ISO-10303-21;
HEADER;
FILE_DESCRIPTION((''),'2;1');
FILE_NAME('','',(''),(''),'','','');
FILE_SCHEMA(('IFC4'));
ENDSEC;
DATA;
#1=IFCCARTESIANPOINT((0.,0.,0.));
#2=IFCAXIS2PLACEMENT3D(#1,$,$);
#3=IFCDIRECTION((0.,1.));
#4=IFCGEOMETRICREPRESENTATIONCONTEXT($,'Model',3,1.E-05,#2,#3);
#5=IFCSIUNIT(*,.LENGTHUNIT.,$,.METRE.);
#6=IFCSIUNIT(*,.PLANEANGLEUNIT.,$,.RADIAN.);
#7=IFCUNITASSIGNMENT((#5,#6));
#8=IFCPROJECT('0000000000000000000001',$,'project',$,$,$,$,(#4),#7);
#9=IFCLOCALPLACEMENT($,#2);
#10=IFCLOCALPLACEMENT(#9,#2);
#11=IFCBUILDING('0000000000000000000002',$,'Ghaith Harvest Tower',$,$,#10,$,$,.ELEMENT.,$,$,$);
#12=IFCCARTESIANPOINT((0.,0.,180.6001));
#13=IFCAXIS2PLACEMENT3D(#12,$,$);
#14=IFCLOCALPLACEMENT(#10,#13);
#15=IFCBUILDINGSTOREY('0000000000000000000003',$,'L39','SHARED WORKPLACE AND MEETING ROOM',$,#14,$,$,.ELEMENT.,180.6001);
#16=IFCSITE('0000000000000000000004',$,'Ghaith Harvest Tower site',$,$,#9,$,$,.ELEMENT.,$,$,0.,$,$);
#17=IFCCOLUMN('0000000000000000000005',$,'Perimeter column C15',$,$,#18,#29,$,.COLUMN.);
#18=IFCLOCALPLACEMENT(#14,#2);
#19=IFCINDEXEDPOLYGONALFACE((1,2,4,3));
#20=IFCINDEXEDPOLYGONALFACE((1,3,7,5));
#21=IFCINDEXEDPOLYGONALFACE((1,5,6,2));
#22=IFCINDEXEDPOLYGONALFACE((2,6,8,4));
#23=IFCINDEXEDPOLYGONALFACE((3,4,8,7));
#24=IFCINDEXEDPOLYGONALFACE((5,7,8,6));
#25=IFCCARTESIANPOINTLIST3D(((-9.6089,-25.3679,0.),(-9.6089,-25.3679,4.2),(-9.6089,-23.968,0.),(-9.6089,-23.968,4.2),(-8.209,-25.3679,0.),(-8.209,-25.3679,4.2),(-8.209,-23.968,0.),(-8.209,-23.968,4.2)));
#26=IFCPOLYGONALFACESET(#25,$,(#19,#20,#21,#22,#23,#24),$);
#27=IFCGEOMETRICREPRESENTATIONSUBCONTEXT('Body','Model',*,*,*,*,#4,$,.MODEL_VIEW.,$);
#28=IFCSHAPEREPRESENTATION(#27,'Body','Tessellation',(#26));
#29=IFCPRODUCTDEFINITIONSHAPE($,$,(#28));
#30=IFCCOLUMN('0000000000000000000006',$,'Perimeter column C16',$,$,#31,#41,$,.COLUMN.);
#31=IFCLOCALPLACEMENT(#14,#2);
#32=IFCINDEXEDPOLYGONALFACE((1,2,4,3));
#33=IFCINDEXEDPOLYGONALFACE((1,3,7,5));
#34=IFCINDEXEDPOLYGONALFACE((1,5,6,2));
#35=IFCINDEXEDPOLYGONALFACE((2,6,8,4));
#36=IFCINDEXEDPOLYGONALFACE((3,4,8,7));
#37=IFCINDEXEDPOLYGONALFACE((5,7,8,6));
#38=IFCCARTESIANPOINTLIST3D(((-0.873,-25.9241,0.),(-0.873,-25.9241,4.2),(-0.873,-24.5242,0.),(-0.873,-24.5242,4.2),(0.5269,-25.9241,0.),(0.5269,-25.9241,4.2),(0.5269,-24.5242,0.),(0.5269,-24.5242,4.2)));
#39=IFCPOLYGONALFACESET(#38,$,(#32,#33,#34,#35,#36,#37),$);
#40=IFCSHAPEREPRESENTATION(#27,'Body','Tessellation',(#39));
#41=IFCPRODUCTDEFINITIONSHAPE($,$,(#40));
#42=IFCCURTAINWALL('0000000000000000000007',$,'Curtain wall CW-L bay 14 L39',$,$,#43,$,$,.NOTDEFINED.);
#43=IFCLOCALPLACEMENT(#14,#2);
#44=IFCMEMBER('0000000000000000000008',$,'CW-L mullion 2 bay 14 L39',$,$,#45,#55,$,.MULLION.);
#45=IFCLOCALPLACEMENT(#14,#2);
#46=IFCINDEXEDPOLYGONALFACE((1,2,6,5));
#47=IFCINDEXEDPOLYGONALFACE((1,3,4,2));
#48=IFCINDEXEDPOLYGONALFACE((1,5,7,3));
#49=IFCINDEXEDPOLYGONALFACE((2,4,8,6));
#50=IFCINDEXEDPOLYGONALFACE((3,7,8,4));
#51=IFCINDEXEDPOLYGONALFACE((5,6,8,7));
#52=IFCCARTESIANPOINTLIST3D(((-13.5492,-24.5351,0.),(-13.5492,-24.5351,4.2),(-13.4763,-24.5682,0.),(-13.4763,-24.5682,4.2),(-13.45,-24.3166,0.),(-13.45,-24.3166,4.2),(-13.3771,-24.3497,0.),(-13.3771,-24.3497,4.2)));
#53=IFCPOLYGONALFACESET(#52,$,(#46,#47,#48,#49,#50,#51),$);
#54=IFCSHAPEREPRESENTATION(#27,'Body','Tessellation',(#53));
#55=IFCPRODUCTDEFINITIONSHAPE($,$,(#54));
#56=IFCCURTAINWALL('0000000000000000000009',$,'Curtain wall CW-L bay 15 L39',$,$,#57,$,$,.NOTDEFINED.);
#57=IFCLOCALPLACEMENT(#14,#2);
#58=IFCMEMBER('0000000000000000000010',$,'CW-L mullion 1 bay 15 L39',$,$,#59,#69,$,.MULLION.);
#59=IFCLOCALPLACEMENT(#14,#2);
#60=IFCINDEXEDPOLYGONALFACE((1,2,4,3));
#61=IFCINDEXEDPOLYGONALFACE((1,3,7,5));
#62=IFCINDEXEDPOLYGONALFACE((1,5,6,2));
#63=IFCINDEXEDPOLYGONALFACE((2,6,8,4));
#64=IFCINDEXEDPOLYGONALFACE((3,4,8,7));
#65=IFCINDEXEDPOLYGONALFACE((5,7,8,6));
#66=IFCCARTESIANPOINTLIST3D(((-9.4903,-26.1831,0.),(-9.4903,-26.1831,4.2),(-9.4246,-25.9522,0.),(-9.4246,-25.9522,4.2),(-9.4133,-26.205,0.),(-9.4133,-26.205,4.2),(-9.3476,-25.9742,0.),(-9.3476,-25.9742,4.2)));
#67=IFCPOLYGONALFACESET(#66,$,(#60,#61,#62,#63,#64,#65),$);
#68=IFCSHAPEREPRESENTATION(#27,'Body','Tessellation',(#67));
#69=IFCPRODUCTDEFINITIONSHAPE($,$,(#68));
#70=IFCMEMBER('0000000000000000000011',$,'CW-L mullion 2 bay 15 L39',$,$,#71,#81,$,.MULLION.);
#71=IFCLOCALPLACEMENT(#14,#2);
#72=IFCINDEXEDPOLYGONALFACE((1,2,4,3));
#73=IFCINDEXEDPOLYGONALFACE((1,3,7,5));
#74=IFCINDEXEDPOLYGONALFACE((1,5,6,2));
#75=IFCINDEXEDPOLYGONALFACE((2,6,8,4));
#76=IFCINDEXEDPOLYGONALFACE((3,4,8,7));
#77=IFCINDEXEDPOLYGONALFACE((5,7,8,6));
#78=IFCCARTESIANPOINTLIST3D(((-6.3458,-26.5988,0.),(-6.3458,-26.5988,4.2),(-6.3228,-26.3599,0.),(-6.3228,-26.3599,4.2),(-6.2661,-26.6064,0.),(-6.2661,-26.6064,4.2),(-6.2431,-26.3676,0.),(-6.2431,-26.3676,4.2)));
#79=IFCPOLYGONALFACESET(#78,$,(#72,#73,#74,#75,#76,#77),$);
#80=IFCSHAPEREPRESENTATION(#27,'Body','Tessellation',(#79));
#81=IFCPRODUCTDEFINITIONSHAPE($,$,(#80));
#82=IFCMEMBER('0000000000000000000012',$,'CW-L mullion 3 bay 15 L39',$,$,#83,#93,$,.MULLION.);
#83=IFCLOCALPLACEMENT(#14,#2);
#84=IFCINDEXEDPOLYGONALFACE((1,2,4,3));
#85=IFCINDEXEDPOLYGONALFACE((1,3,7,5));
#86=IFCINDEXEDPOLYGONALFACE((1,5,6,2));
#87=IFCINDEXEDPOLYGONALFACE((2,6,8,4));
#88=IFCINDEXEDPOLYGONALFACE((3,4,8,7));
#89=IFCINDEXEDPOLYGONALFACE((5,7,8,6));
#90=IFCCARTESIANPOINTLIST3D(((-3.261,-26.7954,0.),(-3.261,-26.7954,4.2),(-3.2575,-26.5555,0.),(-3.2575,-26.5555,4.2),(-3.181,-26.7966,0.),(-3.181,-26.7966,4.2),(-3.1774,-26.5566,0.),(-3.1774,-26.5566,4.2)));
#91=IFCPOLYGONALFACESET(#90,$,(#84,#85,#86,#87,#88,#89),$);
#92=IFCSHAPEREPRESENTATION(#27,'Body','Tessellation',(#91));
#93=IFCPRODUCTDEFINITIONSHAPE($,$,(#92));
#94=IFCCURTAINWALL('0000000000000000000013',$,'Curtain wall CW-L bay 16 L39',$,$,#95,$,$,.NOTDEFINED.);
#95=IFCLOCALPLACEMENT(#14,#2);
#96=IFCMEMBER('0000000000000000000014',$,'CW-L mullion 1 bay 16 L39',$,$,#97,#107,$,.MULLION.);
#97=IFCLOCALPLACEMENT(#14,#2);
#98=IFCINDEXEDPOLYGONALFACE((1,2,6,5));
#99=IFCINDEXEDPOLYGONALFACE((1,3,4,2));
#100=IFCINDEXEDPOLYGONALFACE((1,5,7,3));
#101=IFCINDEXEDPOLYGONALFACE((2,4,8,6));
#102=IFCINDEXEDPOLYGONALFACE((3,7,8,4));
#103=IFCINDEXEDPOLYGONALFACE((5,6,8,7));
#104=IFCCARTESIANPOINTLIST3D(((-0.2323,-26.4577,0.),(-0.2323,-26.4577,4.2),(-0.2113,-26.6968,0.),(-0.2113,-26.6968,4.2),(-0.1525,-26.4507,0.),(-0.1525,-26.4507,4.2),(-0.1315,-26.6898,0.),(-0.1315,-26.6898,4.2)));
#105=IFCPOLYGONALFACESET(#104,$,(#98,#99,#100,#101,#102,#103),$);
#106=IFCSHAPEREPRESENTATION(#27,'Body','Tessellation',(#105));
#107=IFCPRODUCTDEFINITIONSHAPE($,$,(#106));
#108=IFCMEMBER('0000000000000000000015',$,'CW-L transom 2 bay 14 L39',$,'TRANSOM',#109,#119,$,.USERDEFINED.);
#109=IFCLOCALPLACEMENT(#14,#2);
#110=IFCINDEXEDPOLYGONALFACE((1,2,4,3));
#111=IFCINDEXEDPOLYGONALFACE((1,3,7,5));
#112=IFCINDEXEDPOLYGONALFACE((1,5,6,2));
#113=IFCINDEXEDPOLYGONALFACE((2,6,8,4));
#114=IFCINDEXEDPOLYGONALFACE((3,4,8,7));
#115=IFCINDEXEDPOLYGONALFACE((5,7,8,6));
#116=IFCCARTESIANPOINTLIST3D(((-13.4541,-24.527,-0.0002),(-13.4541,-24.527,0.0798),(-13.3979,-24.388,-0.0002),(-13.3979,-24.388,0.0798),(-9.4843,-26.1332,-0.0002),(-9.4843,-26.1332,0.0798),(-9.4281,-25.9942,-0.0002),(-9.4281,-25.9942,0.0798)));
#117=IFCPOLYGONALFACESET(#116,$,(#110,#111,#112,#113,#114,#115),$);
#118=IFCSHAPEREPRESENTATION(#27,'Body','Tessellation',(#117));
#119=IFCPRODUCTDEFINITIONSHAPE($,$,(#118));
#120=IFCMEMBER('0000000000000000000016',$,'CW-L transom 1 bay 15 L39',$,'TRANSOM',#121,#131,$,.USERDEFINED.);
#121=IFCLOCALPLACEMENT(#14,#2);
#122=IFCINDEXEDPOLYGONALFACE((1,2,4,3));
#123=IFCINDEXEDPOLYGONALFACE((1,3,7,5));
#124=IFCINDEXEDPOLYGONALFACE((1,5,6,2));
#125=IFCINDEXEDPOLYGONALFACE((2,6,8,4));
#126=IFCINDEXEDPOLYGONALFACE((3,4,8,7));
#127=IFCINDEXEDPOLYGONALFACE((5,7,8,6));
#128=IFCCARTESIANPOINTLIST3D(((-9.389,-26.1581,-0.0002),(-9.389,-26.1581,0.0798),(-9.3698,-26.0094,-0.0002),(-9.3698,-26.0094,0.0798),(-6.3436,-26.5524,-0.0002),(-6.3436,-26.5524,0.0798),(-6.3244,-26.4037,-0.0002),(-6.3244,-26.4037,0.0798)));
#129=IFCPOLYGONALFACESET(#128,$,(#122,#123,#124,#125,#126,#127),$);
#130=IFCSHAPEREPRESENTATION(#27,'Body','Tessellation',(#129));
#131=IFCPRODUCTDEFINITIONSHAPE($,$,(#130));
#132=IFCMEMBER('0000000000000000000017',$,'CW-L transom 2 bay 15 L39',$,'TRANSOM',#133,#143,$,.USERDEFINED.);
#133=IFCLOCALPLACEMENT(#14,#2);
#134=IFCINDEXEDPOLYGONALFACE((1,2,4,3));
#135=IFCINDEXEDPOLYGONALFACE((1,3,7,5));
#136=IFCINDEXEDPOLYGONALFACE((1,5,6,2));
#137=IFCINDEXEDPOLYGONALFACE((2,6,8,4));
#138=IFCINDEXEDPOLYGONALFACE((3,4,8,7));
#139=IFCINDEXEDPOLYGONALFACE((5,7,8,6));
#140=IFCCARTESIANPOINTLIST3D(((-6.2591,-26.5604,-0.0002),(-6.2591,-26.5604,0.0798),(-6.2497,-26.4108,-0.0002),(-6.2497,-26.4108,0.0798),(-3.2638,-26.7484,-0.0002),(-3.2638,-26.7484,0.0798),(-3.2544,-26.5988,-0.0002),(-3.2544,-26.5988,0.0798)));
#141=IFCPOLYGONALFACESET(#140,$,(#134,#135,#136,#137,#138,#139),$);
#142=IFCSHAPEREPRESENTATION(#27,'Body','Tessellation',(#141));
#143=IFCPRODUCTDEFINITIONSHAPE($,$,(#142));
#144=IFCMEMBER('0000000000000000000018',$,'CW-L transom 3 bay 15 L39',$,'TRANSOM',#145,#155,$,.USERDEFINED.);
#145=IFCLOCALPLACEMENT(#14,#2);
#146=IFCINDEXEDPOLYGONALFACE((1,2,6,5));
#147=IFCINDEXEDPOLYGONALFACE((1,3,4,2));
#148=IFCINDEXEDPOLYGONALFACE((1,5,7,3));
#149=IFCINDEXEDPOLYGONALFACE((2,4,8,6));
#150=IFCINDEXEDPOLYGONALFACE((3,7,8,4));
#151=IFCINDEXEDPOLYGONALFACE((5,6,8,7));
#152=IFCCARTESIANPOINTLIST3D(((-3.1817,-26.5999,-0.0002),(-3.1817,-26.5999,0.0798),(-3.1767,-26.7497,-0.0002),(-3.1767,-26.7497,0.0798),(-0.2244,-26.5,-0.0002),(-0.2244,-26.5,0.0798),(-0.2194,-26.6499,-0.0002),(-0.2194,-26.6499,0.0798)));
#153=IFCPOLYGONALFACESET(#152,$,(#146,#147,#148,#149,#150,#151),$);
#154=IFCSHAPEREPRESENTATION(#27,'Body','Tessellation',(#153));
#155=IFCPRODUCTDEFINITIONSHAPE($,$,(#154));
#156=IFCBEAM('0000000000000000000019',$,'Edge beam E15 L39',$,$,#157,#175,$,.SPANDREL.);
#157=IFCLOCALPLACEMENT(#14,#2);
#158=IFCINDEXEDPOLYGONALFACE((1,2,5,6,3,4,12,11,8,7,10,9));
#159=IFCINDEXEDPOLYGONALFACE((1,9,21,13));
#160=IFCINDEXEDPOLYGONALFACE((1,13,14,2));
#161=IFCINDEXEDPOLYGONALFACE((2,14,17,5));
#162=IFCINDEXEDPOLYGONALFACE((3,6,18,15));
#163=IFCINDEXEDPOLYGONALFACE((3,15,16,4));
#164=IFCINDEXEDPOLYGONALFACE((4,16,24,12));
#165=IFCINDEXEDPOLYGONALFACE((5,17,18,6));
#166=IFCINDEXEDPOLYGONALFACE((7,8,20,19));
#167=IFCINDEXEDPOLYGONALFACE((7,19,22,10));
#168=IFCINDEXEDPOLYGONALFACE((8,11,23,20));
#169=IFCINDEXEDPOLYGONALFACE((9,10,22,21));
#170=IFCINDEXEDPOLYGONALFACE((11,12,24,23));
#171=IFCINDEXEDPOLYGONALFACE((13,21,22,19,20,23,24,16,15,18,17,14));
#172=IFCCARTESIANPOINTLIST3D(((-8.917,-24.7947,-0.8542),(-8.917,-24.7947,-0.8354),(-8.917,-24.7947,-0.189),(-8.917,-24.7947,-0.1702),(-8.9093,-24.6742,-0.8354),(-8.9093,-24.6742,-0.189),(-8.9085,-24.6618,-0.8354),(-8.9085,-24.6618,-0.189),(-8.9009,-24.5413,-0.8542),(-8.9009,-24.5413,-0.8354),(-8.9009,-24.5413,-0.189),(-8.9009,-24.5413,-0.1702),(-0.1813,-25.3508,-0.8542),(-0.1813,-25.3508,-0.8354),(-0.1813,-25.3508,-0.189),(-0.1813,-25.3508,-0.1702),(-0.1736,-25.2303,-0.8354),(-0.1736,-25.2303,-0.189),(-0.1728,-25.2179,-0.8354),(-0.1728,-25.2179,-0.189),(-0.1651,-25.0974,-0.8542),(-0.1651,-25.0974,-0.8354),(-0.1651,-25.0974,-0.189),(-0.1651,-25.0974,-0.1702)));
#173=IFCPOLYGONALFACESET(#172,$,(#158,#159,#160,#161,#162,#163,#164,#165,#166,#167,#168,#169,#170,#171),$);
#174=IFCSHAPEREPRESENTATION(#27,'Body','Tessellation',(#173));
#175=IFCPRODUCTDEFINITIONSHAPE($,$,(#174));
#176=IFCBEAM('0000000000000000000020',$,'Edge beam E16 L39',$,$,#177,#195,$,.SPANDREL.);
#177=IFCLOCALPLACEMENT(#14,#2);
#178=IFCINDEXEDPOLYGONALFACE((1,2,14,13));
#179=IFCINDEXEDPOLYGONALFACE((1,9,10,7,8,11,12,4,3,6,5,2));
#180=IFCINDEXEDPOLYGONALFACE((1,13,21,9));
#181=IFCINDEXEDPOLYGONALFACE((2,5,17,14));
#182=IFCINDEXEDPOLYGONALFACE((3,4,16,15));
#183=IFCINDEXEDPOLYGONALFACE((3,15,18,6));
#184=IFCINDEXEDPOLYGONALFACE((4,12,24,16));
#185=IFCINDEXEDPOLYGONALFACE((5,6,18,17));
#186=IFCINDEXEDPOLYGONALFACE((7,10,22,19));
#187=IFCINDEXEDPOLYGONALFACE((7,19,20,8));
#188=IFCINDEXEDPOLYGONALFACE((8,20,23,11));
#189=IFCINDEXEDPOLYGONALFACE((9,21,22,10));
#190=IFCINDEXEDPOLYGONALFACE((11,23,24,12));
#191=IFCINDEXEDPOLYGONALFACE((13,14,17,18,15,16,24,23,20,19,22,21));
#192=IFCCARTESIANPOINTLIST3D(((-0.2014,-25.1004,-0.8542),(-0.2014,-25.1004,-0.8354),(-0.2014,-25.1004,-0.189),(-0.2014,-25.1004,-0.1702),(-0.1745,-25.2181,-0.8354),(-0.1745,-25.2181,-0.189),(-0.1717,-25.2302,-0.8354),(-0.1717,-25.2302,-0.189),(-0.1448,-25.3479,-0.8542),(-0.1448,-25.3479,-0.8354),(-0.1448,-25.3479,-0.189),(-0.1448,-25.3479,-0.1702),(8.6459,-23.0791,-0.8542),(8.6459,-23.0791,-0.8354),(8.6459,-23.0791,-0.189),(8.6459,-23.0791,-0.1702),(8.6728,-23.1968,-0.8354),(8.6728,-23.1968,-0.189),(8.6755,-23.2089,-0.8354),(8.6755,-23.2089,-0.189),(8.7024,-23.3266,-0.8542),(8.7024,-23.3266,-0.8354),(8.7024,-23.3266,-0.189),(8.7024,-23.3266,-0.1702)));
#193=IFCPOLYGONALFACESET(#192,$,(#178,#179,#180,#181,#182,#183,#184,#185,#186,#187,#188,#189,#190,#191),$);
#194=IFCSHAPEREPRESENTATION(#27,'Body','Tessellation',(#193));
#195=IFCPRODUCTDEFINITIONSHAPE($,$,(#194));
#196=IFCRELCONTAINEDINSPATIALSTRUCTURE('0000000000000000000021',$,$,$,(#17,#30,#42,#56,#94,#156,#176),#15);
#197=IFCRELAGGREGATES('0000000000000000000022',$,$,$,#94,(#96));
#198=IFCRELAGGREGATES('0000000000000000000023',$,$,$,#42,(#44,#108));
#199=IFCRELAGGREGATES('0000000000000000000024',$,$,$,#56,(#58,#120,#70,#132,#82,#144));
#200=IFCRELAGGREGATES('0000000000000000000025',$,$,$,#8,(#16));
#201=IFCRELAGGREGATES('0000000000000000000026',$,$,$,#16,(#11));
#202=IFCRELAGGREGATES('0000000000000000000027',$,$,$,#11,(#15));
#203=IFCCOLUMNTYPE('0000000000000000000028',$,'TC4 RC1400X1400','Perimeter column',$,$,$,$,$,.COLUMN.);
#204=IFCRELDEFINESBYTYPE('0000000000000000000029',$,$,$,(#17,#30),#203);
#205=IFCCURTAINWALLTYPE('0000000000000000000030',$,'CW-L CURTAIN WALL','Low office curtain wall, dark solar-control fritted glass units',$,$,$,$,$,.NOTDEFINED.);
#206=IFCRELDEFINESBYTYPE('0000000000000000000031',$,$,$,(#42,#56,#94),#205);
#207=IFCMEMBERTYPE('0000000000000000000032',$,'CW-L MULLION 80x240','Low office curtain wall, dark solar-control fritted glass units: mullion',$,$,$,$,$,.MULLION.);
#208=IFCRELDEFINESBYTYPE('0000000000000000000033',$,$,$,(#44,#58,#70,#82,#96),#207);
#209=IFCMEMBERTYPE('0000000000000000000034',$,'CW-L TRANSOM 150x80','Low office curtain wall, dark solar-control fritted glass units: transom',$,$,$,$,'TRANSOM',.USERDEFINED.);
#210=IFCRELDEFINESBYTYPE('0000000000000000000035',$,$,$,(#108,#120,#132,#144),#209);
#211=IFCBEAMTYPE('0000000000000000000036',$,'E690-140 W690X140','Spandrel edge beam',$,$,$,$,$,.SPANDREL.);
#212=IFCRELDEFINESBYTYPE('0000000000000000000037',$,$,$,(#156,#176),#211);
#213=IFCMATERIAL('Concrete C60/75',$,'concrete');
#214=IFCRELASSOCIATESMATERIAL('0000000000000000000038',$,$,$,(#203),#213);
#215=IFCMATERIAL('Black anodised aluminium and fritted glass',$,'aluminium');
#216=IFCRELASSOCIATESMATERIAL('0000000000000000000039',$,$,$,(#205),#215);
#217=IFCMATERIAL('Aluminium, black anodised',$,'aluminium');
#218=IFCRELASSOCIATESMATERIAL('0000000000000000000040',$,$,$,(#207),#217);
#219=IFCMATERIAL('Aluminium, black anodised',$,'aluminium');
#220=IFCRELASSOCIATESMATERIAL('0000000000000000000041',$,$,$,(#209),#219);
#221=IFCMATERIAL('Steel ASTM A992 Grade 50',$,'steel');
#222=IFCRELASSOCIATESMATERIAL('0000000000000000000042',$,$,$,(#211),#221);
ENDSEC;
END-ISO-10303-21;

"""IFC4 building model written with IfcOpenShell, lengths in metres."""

from ifc_helpers import new_model, si_unit, direction, frame, origin, origin_2d, place, context, subcontext, project, spatial, rectangle, i_section, extrude, material, material_profile, profile_set, type_object, element, aggregate, save


model = new_model("IFC4")

# Units and contexts
model_context = context("Model", 3, precision=1e-05, world=origin(), true_north=direction((0.0, 1.0)))
body_context = subcontext(model_context, "Body", "Model", "MODEL_VIEW")
ifc_project = project(units=[si_unit("LENGTHUNIT", "METRE"), si_unit("PLANEANGLEUNIT", "RADIAN")], contexts=[model_context])

# Site, building, storey
site_placement = place(None, origin())
site = spatial("IfcSite", under=ifc_project, at=site_placement, Name="Ghaith Harvest Tower site", CompositionType="ELEMENT", RefElevation=0.0)
building_placement = place(site_placement, origin())
building = spatial("IfcBuilding", under=site, at=building_placement, Name="Ghaith Harvest Tower", CompositionType="ELEMENT")
storey_placement = place(building_placement, frame((0.0, 0.0, 180.6001)))
storey = spatial("IfcBuildingStorey", under=building, at=storey_placement, Name="L39", Description="SHARED WORKPLACE AND MEETING ROOM", CompositionType="ELEMENT", Elevation=180.6001)

# Columns
ifc_material_1 = material(Name="Concrete C60/75", Category="concrete")
ifc_material_profile_1 = material_profile(ifc_material_1, rectangle(XDim=1.3999, YDim=1.3999, at=origin_2d()), Name="RC1400X1400")
ifc_profile_set_1 = profile_set([ifc_material_profile_1], Name="Concrete C60/75")
column_type = type_object("IfcColumnType", Name="TC4 RC1400X1400", Description="Perimeter column", PredefinedType="COLUMN", material=ifc_profile_set_1)
for number, where, z_axis, x_axis, name in (
    (1, (-8.9089, -24.668, 0.0), (0.0, 0.0, 1.0), (1.0, 0.0, 0.0), "Perimeter column C15"),
    (2, (-0.1731, -25.2241, 0.0), (0.0, 0.0, 1.0), (1.0, 0.0, 0.0), "Perimeter column C16"),
):
    element("IfcColumn", number, at=place(storey_placement, frame(where, z_axis=z_axis, x_axis=x_axis)), inside=storey, type_object=column_type, Name=name, PredefinedType="COLUMN", context=body_context, shape_type="SweptSolid", body=[
        extrude(rectangle(XDim=1.3999, YDim=1.3999, at=origin_2d()), origin(), (0.0, 0.0, 1.0), 4.2),
    ])

# Curtain wall, member
ifc_material_2 = material(Name="Black anodised aluminium and fritted glass", Category="aluminium")
curtain_wall_type = type_object("IfcCurtainWallType", Name="CW-L CURTAIN WALL", Description="Low office curtain wall, dark solar-control fritted glass units", PredefinedType="NOTDEFINED", material=ifc_material_2)
curtain_wall_1_placement = place(storey_placement, origin())
curtain_wall_1 = element("IfcCurtainWall", 3, at=curtain_wall_1_placement, inside=storey, type_object=curtain_wall_type, Name="Curtain wall CW-L bay 14 L39", PredefinedType="NOTDEFINED")
ifc_material_3 = material(Name="Aluminium, black anodised", Category="aluminium")
ifc_material_profile_2 = material_profile(ifc_material_3, rectangle(XDim=0.0801, YDim=0.24, at=origin_2d()), Name="CW-L MULLION 80x240")
ifc_profile_set_2 = profile_set([ifc_material_profile_2], Name="Aluminium, black anodised")
member_type_1 = type_object("IfcMemberType", Name="CW-L MULLION 80x240", Description="Low office curtain wall, dark solar-control fritted glass units: mullion", PredefinedType="MULLION", material=ifc_profile_set_2)
member_1_placement = place(storey_placement, frame((-13.4631, -24.4424, 0.0), z_axis=(0.0, 0.0, 1.0), x_axis=(0.910648, -0.413183, 0.0)))
member_1 = element("IfcMember", 4, at=member_1_placement, type_object=member_type_1, Name="CW-L mullion 2 bay 14 L39", PredefinedType="MULLION", context=body_context, shape_type="SweptSolid", body=[
    extrude(rectangle(XDim=0.0801, YDim=0.24, at=origin_2d()), origin(), (0.0, 0.0, 1.0), 4.2),
])

# Curtain wall, members
curtain_wall_2_placement = place(storey_placement, origin())
curtain_wall_2 = element("IfcCurtainWall", 5, at=curtain_wall_2_placement, inside=storey, type_object=curtain_wall_type, Name="Curtain wall CW-L bay 15 L39", PredefinedType="NOTDEFINED")
member_2_placement = place(storey_placement, frame((-9.4189, -26.0786, 0.0), z_axis=(0.0, 0.0, 1.0), x_axis=(0.961789, -0.273793, 0.0)))
member_2 = element("IfcMember", 6, at=member_2_placement, type_object=member_type_1, Name="CW-L mullion 1 bay 15 L39", PredefinedType="MULLION", context=body_context, shape_type="SweptSolid", body=[
    extrude(rectangle(XDim=0.0801, YDim=0.24, at=origin_2d()), origin(), (0.0, 0.0, 1.0), 4.2),
])
member_3_placement = place(storey_placement, frame((-6.2944, -26.4832, 0.0), z_axis=(0.0, 0.0, 1.0), x_axis=(0.995389, -0.095918, 0.0)))
member_3 = element("IfcMember", 7, at=member_3_placement, type_object=member_type_1, Name="CW-L mullion 2 bay 15 L39", PredefinedType="MULLION", context=body_context, shape_type="SweptSolid", body=[
    extrude(rectangle(XDim=0.0801, YDim=0.24, at=origin_2d()), origin(), (0.0, 0.0, 1.0), 4.2),
])
member_4_placement = place(storey_placement, frame((-3.2192, -26.676, 0.0), z_axis=(0.0, 0.0, 1.0), x_axis=(0.999891, -0.014796, 0.0)))
member_4 = element("IfcMember", 8, at=member_4_placement, type_object=member_type_1, Name="CW-L mullion 3 bay 15 L39", PredefinedType="MULLION", context=body_context, shape_type="SweptSolid", body=[
    extrude(rectangle(XDim=0.0801, YDim=0.24, at=origin_2d()), origin(), (0.0, 0.0, 1.0), 4.2),
])

# Curtain wall, member
curtain_wall_3_placement = place(storey_placement, origin())
curtain_wall_3 = element("IfcCurtainWall", 9, at=curtain_wall_3_placement, inside=storey, type_object=curtain_wall_type, Name="Curtain wall CW-L bay 16 L39", PredefinedType="NOTDEFINED")
member_5_placement = place(storey_placement, frame((-0.1819, -26.5737, 0.0), z_axis=(0.0, 0.0, 1.0), x_axis=(0.996169, 0.087446, 0.0)))
member_5 = element("IfcMember", 10, at=member_5_placement, type_object=member_type_1, Name="CW-L mullion 1 bay 16 L39", PredefinedType="MULLION", context=body_context, shape_type="SweptSolid", body=[
    extrude(rectangle(XDim=0.0801, YDim=0.24, at=origin_2d()), origin(), (0.0, 0.0, 1.0), 4.2),
])
aggregate(curtain_wall_3, [member_5])

# Members
ifc_material_4 = material(Name="Aluminium, black anodised", Category="aluminium")
ifc_material_profile_3 = material_profile(ifc_material_4, rectangle(XDim=0.1499, YDim=0.0801, at=origin_2d()), Name="CW-L TRANSOM 150x80")
ifc_profile_set_3 = profile_set([ifc_material_profile_3], Name="Aluminium, black anodised")
member_type_2 = type_object("IfcMemberType", Name="CW-L TRANSOM 150x80", Description="Low office curtain wall, dark solar-control fritted glass units: transom", ElementType="TRANSOM", PredefinedType="USERDEFINED", material=ifc_profile_set_3)
member_6_placement = place(storey_placement, frame((-13.426, -24.4575, 0.0398), z_axis=(0.927003, -0.375054, 0.0), x_axis=(0.375054, 0.927003, 0.0)))
member_6 = element("IfcMember", 11, at=member_6_placement, type_object=member_type_2, Name="CW-L transom 2 bay 14 L39", ObjectType="TRANSOM", PredefinedType="USERDEFINED", context=body_context, shape_type="SweptSolid", body=[
    extrude(rectangle(XDim=0.1499, YDim=0.0801, at=origin_2d()), origin(), (0.0, 0.0, 1.0), 4.2825),
])
member_7_placement = place(storey_placement, frame((-9.3794, -26.0837, 0.0398), z_axis=(0.991723, -0.128398, 0.0), x_axis=(0.128398, 0.991723, 0.0)))
member_7 = element("IfcMember", 12, at=member_7_placement, type_object=member_type_2, Name="CW-L transom 1 bay 15 L39", ObjectType="TRANSOM", PredefinedType="USERDEFINED", context=body_context, shape_type="SweptSolid", body=[
    extrude(rectangle(XDim=0.1499, YDim=0.0801, at=origin_2d()), origin(), (0.0, 0.0, 1.0), 3.0708),
])
member_8_placement = place(storey_placement, frame((-6.2544, -26.4856, 0.0398), z_axis=(0.998036, -0.062637, 0.0), x_axis=(0.062637, 0.998036, 0.0)))
member_8 = element("IfcMember", 13, at=member_8_placement, type_object=member_type_2, Name="CW-L transom 2 bay 15 L39", ObjectType="TRANSOM", PredefinedType="USERDEFINED", context=body_context, shape_type="SweptSolid", body=[
    extrude(rectangle(XDim=0.1499, YDim=0.0801, at=origin_2d()), origin(), (0.0, 0.0, 1.0), 3.0012),
])
member_9_placement = place(storey_placement, frame((-3.1792, -26.6748, 0.0398), z_axis=(0.99943, 0.033746, 0.0), x_axis=(-0.033746, 0.99943, 0.0)))
member_9 = element("IfcMember", 14, at=member_9_placement, type_object=member_type_2, Name="CW-L transom 3 bay 15 L39", ObjectType="TRANSOM", PredefinedType="USERDEFINED", context=body_context, shape_type="SweptSolid", body=[
    extrude(rectangle(XDim=0.1499, YDim=0.0801, at=origin_2d()), origin(), (0.0, 0.0, 1.0), 2.959),
])

# Beams
ifc_material_5 = material(Name="Steel ASTM A992 Grade 50", Category="steel")
ifc_material_profile_4 = material_profile(ifc_material_5, i_section(OverallWidth=0.2539, OverallDepth=0.6841, WebThickness=0.0125, FlangeThickness=0.0188, at=origin_2d()), Name="W690X140")
ifc_profile_set_4 = profile_set([ifc_material_profile_4], Name="Steel ASTM A992 Grade 50")
beam_type = type_object("IfcBeamType", Name="E690-140 W690X140", Description="Spandrel edge beam", PredefinedType="SPANDREL", material=ifc_profile_set_4)
beam_1_placement = place(storey_placement, frame((-8.9089, -24.668, -0.5122), z_axis=(0.99798, -0.063535, 0.0), x_axis=(0.063535, 0.99798, 0.0)))
element("IfcBeam", 15, at=beam_1_placement, inside=storey, type_object=beam_type, Name="Edge beam E15 L39", PredefinedType="SPANDREL", context=body_context, shape_type="SweptSolid", body=[
    extrude(i_section(OverallWidth=0.2539, OverallDepth=0.6841, WebThickness=0.0125, FlangeThickness=0.0188, at=origin_2d()), origin(), (0.0, 0.0, 1.0), 8.7534),
])
beam_2_placement = place(storey_placement, frame((-0.1731, -25.2241, -0.5122), z_axis=(0.974882, 0.222723, 0.0), x_axis=(-0.222723, 0.974882, 0.0)))
element("IfcBeam", 16, at=beam_2_placement, inside=storey, type_object=beam_type, Name="Edge beam E16 L39", PredefinedType="SPANDREL", context=body_context, shape_type="SweptSolid", body=[
    extrude(i_section(OverallWidth=0.2539, OverallDepth=0.6841, WebThickness=0.0125, FlangeThickness=0.0188, at=origin_2d()), origin(), (0.0, 0.0, 1.0), 9.0752),
])

aggregate(curtain_wall_1, [member_1, member_6])
aggregate(curtain_wall_2, [member_2, member_7, member_3, member_8, member_4, member_9])

save(model, "model.ifc")
